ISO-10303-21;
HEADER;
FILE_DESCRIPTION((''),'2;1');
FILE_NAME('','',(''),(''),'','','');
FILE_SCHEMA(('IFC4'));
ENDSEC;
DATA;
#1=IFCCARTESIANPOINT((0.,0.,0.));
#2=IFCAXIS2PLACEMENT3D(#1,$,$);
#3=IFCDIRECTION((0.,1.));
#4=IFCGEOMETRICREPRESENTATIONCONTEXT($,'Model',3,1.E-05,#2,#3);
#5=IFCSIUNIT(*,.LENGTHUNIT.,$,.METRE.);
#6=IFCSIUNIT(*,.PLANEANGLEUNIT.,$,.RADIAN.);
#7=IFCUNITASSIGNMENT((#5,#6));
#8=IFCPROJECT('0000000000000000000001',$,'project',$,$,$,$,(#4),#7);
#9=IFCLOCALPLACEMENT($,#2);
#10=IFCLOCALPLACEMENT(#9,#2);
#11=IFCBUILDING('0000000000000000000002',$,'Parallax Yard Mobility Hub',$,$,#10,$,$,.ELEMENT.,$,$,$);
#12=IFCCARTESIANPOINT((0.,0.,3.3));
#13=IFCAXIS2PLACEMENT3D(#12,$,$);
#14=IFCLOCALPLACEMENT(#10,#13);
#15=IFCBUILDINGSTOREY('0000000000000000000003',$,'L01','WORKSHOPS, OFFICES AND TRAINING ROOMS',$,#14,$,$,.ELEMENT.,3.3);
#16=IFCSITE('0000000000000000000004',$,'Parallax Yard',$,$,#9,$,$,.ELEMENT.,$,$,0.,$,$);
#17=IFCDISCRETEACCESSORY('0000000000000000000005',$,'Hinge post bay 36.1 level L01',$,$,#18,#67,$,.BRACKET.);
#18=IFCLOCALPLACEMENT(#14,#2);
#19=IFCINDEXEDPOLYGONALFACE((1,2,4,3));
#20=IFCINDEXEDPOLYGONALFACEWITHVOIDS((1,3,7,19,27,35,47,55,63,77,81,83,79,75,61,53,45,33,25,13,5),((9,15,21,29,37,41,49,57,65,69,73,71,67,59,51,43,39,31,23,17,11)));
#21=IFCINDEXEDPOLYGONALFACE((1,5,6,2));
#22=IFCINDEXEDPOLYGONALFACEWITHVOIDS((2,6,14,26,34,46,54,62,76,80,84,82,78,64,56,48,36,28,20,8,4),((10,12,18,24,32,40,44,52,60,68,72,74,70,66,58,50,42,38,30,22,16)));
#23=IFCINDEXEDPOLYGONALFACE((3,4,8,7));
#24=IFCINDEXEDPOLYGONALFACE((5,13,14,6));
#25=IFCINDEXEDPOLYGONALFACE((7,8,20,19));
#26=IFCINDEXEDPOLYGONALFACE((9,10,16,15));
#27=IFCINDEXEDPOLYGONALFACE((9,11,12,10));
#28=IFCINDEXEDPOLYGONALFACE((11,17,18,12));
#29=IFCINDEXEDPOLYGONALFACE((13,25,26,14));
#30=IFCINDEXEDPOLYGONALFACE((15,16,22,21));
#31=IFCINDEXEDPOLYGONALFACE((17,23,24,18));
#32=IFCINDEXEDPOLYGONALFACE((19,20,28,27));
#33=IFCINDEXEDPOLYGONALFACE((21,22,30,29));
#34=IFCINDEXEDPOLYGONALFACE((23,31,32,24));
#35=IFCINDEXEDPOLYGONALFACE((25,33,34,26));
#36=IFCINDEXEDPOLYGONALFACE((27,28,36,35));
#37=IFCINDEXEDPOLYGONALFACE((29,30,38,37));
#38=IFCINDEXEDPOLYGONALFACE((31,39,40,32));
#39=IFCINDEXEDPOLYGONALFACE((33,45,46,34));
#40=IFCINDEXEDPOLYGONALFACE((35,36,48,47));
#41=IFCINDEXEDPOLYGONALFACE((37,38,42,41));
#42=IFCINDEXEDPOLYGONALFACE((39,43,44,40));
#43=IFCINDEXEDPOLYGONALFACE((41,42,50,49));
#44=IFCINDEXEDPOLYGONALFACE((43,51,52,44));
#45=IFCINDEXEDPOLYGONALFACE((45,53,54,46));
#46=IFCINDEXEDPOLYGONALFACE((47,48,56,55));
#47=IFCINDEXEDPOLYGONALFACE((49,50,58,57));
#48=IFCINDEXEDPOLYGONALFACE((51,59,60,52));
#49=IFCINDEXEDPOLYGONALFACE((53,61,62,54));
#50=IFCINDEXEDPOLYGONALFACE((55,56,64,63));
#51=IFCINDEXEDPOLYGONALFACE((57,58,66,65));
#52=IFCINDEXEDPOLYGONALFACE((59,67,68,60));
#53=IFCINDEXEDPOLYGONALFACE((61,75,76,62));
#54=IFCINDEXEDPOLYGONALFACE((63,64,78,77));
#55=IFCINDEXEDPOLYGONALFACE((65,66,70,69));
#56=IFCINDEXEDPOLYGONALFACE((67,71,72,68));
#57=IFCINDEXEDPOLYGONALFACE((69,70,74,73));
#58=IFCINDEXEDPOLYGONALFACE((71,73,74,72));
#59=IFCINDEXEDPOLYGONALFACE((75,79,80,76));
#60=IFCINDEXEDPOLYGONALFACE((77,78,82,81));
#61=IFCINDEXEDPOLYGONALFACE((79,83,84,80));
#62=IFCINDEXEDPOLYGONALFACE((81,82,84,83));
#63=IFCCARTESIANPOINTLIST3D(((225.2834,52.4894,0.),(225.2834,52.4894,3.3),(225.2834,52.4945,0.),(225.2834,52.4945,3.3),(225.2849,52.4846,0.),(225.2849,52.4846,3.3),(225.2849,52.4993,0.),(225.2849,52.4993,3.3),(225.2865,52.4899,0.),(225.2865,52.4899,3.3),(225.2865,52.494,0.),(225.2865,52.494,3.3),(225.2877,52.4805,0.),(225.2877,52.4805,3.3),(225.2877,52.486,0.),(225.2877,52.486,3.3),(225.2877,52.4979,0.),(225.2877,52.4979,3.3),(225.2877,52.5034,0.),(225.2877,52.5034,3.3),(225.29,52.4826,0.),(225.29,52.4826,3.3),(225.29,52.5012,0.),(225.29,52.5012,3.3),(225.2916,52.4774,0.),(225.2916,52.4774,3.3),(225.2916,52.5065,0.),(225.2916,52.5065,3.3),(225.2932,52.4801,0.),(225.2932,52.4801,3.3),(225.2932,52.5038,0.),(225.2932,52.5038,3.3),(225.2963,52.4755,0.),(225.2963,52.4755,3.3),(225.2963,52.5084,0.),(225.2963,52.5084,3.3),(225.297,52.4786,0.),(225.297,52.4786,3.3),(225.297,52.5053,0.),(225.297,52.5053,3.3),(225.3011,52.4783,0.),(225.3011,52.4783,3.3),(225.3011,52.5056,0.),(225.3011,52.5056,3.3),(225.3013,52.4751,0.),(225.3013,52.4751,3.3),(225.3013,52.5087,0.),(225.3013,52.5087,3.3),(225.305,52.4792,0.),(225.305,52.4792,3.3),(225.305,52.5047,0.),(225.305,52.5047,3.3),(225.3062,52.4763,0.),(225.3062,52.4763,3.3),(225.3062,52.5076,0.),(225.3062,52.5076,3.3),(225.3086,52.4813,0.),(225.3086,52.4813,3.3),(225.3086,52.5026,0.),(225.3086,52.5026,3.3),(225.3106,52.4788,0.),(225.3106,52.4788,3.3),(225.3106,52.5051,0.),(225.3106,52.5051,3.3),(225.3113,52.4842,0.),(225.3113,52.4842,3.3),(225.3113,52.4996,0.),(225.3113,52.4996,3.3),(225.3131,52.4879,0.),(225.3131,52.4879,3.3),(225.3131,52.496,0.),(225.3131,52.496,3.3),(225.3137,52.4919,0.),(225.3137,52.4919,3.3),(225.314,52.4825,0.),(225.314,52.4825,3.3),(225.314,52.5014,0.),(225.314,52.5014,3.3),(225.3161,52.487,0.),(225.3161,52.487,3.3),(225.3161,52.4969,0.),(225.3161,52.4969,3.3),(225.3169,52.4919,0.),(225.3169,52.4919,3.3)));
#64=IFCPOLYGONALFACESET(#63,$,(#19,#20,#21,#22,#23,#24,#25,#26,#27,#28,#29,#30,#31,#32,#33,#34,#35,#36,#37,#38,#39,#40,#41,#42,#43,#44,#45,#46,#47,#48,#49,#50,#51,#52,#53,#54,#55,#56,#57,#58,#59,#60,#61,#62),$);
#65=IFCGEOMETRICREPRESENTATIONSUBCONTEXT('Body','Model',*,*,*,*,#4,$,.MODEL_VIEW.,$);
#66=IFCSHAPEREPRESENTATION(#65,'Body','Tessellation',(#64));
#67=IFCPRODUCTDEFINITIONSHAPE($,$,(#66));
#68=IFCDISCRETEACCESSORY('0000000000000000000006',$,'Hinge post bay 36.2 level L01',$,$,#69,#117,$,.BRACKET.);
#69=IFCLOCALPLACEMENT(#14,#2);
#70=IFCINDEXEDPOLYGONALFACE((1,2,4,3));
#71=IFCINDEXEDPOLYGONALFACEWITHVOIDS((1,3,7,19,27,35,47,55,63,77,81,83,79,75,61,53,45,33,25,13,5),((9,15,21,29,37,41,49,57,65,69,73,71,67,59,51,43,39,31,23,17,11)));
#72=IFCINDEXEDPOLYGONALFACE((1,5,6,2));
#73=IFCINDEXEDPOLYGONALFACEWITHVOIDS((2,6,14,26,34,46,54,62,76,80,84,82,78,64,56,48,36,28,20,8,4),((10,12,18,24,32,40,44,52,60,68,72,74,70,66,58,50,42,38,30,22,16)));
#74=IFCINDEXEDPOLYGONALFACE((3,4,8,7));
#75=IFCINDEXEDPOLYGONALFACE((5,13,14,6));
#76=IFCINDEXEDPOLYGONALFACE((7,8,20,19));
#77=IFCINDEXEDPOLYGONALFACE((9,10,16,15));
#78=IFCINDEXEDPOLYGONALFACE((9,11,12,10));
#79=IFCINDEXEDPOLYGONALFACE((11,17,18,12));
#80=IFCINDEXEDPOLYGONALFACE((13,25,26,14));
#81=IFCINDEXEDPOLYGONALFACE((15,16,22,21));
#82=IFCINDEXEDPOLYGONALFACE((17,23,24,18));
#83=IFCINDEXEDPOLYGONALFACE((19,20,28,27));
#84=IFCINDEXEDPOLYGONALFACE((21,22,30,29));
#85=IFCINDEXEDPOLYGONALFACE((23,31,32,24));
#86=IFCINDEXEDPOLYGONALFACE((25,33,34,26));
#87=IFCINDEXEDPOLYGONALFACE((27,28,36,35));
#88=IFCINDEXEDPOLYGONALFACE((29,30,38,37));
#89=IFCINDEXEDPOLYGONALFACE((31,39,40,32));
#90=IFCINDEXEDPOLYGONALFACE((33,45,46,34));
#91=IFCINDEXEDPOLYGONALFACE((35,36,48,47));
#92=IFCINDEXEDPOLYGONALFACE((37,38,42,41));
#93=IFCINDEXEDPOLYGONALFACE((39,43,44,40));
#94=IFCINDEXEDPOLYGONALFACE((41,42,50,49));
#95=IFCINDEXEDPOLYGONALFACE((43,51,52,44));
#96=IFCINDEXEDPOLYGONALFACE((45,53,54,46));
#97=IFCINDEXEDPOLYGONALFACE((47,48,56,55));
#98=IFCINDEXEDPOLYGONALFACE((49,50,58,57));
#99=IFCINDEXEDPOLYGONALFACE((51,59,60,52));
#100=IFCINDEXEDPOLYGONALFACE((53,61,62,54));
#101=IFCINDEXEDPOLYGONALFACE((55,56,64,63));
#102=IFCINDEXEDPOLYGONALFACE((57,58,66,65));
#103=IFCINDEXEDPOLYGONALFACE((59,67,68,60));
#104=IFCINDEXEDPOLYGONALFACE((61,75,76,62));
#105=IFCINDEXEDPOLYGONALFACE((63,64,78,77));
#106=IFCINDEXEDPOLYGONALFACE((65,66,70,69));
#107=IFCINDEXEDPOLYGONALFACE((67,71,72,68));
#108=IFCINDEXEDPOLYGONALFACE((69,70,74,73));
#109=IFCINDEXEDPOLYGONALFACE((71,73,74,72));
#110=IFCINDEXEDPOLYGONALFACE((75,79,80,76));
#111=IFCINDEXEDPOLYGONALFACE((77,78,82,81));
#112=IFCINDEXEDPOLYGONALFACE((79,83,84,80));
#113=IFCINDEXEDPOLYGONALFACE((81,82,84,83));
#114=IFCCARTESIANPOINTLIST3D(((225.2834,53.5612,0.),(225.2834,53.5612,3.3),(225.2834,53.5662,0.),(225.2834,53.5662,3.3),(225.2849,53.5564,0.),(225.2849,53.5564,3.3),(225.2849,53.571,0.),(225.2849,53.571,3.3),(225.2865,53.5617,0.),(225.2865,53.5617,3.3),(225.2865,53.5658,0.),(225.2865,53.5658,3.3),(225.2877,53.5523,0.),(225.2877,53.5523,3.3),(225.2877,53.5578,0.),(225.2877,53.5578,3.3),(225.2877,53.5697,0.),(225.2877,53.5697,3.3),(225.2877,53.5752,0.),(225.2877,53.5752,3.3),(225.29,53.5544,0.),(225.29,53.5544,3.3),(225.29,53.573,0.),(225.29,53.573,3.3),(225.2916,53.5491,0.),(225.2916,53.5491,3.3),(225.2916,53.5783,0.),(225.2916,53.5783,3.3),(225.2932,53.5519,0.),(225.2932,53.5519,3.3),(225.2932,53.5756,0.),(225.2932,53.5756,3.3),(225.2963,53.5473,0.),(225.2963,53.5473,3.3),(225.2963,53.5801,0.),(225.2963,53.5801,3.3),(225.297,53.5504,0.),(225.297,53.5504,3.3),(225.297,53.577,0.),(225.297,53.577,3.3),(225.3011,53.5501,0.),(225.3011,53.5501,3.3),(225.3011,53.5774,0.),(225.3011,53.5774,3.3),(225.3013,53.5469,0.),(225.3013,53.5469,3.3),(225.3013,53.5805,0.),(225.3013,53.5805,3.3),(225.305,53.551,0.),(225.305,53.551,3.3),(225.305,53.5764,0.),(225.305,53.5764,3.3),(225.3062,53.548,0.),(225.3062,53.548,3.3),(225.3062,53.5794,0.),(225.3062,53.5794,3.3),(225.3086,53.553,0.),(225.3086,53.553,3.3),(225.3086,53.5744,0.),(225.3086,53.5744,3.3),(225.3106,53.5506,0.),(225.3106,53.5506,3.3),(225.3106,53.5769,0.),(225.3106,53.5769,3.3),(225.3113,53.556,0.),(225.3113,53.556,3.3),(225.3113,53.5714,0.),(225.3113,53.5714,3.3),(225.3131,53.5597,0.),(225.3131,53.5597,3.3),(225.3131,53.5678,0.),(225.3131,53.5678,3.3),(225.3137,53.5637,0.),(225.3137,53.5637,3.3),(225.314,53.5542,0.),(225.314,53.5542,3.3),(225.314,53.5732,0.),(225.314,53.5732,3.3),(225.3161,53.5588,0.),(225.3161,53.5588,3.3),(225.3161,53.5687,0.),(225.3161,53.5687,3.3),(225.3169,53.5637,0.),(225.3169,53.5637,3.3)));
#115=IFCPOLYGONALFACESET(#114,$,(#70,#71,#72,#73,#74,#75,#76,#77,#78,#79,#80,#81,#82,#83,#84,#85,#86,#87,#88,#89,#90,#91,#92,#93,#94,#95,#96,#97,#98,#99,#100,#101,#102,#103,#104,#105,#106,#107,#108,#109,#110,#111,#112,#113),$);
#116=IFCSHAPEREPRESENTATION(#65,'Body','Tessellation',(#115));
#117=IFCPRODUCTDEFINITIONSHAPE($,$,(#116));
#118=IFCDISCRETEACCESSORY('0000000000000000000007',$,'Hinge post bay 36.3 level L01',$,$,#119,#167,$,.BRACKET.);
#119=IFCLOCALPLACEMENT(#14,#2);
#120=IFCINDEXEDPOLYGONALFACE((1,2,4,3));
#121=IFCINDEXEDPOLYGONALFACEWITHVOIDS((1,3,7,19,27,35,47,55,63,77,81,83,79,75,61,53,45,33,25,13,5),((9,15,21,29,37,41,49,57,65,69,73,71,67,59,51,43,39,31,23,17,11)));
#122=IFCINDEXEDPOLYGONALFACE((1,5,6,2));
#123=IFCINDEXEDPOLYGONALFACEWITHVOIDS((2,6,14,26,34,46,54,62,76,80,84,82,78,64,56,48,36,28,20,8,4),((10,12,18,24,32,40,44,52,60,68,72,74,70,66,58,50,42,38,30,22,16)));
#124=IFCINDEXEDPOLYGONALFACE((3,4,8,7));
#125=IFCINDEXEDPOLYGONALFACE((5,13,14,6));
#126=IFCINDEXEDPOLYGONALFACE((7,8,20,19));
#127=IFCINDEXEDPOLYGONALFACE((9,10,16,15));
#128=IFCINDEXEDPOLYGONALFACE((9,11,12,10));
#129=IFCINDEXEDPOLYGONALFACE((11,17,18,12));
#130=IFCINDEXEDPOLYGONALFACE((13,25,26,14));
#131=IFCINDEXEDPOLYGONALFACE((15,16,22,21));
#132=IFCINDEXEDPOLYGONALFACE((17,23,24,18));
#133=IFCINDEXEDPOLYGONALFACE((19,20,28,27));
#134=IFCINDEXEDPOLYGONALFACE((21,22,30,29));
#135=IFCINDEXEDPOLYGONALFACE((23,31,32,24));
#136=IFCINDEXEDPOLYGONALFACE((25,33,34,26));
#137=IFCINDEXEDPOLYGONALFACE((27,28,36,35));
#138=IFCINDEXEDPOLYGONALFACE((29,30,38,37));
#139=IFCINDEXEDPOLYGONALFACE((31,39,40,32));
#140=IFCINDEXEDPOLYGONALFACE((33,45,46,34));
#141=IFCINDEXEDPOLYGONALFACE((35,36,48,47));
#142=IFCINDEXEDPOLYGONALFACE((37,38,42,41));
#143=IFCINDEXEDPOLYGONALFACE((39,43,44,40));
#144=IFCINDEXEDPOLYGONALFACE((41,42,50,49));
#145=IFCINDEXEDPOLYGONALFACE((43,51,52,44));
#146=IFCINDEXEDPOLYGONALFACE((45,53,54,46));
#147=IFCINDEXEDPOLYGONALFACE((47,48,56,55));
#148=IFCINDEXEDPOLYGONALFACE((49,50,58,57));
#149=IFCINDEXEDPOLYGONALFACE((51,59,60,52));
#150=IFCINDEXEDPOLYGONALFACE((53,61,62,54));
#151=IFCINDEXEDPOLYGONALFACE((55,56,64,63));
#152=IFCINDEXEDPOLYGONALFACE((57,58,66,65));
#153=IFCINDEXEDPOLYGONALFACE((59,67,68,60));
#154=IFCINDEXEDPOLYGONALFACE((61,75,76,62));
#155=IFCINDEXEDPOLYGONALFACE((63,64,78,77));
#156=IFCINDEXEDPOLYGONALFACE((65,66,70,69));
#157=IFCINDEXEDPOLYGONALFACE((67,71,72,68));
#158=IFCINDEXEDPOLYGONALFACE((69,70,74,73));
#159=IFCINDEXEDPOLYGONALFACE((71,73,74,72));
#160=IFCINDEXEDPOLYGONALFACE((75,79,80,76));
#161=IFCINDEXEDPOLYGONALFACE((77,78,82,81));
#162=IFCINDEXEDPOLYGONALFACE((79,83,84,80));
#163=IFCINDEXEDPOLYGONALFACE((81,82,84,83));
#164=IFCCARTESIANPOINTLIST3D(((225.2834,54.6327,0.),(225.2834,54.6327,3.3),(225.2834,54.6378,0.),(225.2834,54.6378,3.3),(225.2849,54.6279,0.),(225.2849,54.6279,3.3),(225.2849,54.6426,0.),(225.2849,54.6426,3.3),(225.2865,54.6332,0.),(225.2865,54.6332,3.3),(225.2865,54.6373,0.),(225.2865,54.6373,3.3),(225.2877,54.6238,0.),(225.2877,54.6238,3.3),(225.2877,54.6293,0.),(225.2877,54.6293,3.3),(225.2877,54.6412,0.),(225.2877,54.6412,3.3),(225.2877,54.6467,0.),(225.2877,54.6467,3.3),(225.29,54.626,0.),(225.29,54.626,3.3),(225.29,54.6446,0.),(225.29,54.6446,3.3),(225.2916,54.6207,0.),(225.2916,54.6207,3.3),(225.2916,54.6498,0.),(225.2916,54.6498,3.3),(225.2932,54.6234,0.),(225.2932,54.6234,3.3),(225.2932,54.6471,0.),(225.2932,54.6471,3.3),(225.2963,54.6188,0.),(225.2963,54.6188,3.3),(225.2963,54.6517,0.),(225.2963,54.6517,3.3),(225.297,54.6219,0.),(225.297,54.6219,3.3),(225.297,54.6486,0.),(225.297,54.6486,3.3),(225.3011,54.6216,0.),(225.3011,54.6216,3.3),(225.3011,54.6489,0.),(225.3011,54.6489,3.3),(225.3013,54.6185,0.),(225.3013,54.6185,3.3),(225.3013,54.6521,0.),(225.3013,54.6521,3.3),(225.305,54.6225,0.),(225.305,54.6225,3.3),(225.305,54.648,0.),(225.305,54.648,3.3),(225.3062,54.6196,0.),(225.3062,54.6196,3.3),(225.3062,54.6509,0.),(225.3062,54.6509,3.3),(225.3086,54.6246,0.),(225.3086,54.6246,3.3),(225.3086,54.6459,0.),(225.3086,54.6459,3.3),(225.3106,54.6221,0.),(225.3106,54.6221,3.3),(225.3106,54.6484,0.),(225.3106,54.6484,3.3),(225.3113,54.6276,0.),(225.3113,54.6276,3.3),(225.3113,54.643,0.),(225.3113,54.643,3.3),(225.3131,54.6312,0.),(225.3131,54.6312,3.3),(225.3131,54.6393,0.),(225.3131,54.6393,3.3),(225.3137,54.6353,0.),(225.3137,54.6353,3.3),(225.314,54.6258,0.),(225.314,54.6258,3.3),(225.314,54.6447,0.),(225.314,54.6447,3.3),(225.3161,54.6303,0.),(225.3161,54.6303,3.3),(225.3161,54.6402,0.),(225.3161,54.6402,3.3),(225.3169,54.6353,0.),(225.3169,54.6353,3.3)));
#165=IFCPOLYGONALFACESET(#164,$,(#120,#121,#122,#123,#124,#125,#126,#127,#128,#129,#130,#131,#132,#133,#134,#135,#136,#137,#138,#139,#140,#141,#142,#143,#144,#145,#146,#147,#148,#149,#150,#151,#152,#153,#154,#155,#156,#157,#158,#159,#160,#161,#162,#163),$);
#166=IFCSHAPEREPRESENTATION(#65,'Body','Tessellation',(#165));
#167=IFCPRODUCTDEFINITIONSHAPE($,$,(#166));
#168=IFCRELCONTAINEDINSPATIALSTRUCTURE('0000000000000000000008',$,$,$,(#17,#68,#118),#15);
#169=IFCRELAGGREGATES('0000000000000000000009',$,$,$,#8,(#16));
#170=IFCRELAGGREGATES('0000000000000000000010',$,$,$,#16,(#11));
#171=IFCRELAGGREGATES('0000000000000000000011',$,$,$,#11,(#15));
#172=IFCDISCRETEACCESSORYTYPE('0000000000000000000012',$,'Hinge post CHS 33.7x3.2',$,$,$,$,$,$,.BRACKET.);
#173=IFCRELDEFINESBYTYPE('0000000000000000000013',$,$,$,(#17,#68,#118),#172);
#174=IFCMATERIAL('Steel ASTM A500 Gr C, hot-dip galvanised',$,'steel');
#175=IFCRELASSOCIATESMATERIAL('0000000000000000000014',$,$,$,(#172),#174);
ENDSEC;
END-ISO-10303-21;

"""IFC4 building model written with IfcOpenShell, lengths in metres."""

from ifc_helpers import new_model, si_unit, direction, frame, origin, origin_2d, place, context, subcontext, project, spatial, hollow_circle, extrude, material, material_profile, profile_set, type_object, element, save


model = new_model("IFC4")

# Units and contexts
model_context = context("Model", 3, precision=1e-05, world=origin(), true_north=direction((0.0, 1.0)))
body_context = subcontext(model_context, "Body", "Model", "MODEL_VIEW")
ifc_project = project(units=[si_unit("LENGTHUNIT", "METRE"), si_unit("PLANEANGLEUNIT", "RADIAN")], contexts=[model_context])

# Site, building, storey
site_placement = place(None, origin())
site = spatial("IfcSite", under=ifc_project, at=site_placement, Name="Parallax Yard", CompositionType="ELEMENT", RefElevation=0.0)
building_placement = place(site_placement, origin())
building = spatial("IfcBuilding", under=site, at=building_placement, Name="Parallax Yard Mobility Hub", CompositionType="ELEMENT")
storey_placement = place(building_placement, frame((0.0, 0.0, 3.3)))
storey = spatial("IfcBuildingStorey", under=building, at=storey_placement, Name="L01", Description="WORKSHOPS, OFFICES AND TRAINING ROOMS", CompositionType="ELEMENT", Elevation=3.3)

# Discrete accessories
ifc_material_1 = material(Name="Steel ASTM A500 Gr C, hot-dip galvanised", Category="steel")
ifc_material_profile_1 = material_profile(ifc_material_1, hollow_circle(Radius=0.0168, WallThickness=0.0032, at=origin_2d()), Name="CHS 33.7x3.2")
ifc_profile_set_1 = profile_set([ifc_material_profile_1], Name="Steel ASTM A500 Gr C, hot-dip galvanised")
discrete_accessory_type_1 = type_object("IfcDiscreteAccessoryType", Name="Hinge post CHS 33.7x3.2", PredefinedType="BRACKET", material=ifc_profile_set_1)
for number, where, z_axis, x_axis, name in (
    (1, (225.3, 52.4919, 0.0), (0.0, 0.0, 1.0), (1.0, 0.0, 0.0), "Hinge post bay 36.1 level L01"),
    (2, (225.3, 53.5637, 0.0), (0.0, 0.0, 1.0), (1.0, 0.0, 0.0), "Hinge post bay 36.2 level L01"),
    (3, (225.3, 54.6353, 0.0), (0.0, 0.0, 1.0), (1.0, 0.0, 0.0), "Hinge post bay 36.3 level L01"),
):
    element("IfcDiscreteAccessory", number, at=place(storey_placement, frame(where, z_axis=z_axis, x_axis=x_axis)), inside=storey, type_object=discrete_accessory_type_1, Name=name, PredefinedType="BRACKET", context=body_context, shape_type="SweptSolid", body=[
        extrude(hollow_circle(Radius=0.0168, WallThickness=0.0032, at=origin_2d()), origin(), (0.0, 0.0, 1.0), 3.3),
    ])

save(model, "model.ifc")
